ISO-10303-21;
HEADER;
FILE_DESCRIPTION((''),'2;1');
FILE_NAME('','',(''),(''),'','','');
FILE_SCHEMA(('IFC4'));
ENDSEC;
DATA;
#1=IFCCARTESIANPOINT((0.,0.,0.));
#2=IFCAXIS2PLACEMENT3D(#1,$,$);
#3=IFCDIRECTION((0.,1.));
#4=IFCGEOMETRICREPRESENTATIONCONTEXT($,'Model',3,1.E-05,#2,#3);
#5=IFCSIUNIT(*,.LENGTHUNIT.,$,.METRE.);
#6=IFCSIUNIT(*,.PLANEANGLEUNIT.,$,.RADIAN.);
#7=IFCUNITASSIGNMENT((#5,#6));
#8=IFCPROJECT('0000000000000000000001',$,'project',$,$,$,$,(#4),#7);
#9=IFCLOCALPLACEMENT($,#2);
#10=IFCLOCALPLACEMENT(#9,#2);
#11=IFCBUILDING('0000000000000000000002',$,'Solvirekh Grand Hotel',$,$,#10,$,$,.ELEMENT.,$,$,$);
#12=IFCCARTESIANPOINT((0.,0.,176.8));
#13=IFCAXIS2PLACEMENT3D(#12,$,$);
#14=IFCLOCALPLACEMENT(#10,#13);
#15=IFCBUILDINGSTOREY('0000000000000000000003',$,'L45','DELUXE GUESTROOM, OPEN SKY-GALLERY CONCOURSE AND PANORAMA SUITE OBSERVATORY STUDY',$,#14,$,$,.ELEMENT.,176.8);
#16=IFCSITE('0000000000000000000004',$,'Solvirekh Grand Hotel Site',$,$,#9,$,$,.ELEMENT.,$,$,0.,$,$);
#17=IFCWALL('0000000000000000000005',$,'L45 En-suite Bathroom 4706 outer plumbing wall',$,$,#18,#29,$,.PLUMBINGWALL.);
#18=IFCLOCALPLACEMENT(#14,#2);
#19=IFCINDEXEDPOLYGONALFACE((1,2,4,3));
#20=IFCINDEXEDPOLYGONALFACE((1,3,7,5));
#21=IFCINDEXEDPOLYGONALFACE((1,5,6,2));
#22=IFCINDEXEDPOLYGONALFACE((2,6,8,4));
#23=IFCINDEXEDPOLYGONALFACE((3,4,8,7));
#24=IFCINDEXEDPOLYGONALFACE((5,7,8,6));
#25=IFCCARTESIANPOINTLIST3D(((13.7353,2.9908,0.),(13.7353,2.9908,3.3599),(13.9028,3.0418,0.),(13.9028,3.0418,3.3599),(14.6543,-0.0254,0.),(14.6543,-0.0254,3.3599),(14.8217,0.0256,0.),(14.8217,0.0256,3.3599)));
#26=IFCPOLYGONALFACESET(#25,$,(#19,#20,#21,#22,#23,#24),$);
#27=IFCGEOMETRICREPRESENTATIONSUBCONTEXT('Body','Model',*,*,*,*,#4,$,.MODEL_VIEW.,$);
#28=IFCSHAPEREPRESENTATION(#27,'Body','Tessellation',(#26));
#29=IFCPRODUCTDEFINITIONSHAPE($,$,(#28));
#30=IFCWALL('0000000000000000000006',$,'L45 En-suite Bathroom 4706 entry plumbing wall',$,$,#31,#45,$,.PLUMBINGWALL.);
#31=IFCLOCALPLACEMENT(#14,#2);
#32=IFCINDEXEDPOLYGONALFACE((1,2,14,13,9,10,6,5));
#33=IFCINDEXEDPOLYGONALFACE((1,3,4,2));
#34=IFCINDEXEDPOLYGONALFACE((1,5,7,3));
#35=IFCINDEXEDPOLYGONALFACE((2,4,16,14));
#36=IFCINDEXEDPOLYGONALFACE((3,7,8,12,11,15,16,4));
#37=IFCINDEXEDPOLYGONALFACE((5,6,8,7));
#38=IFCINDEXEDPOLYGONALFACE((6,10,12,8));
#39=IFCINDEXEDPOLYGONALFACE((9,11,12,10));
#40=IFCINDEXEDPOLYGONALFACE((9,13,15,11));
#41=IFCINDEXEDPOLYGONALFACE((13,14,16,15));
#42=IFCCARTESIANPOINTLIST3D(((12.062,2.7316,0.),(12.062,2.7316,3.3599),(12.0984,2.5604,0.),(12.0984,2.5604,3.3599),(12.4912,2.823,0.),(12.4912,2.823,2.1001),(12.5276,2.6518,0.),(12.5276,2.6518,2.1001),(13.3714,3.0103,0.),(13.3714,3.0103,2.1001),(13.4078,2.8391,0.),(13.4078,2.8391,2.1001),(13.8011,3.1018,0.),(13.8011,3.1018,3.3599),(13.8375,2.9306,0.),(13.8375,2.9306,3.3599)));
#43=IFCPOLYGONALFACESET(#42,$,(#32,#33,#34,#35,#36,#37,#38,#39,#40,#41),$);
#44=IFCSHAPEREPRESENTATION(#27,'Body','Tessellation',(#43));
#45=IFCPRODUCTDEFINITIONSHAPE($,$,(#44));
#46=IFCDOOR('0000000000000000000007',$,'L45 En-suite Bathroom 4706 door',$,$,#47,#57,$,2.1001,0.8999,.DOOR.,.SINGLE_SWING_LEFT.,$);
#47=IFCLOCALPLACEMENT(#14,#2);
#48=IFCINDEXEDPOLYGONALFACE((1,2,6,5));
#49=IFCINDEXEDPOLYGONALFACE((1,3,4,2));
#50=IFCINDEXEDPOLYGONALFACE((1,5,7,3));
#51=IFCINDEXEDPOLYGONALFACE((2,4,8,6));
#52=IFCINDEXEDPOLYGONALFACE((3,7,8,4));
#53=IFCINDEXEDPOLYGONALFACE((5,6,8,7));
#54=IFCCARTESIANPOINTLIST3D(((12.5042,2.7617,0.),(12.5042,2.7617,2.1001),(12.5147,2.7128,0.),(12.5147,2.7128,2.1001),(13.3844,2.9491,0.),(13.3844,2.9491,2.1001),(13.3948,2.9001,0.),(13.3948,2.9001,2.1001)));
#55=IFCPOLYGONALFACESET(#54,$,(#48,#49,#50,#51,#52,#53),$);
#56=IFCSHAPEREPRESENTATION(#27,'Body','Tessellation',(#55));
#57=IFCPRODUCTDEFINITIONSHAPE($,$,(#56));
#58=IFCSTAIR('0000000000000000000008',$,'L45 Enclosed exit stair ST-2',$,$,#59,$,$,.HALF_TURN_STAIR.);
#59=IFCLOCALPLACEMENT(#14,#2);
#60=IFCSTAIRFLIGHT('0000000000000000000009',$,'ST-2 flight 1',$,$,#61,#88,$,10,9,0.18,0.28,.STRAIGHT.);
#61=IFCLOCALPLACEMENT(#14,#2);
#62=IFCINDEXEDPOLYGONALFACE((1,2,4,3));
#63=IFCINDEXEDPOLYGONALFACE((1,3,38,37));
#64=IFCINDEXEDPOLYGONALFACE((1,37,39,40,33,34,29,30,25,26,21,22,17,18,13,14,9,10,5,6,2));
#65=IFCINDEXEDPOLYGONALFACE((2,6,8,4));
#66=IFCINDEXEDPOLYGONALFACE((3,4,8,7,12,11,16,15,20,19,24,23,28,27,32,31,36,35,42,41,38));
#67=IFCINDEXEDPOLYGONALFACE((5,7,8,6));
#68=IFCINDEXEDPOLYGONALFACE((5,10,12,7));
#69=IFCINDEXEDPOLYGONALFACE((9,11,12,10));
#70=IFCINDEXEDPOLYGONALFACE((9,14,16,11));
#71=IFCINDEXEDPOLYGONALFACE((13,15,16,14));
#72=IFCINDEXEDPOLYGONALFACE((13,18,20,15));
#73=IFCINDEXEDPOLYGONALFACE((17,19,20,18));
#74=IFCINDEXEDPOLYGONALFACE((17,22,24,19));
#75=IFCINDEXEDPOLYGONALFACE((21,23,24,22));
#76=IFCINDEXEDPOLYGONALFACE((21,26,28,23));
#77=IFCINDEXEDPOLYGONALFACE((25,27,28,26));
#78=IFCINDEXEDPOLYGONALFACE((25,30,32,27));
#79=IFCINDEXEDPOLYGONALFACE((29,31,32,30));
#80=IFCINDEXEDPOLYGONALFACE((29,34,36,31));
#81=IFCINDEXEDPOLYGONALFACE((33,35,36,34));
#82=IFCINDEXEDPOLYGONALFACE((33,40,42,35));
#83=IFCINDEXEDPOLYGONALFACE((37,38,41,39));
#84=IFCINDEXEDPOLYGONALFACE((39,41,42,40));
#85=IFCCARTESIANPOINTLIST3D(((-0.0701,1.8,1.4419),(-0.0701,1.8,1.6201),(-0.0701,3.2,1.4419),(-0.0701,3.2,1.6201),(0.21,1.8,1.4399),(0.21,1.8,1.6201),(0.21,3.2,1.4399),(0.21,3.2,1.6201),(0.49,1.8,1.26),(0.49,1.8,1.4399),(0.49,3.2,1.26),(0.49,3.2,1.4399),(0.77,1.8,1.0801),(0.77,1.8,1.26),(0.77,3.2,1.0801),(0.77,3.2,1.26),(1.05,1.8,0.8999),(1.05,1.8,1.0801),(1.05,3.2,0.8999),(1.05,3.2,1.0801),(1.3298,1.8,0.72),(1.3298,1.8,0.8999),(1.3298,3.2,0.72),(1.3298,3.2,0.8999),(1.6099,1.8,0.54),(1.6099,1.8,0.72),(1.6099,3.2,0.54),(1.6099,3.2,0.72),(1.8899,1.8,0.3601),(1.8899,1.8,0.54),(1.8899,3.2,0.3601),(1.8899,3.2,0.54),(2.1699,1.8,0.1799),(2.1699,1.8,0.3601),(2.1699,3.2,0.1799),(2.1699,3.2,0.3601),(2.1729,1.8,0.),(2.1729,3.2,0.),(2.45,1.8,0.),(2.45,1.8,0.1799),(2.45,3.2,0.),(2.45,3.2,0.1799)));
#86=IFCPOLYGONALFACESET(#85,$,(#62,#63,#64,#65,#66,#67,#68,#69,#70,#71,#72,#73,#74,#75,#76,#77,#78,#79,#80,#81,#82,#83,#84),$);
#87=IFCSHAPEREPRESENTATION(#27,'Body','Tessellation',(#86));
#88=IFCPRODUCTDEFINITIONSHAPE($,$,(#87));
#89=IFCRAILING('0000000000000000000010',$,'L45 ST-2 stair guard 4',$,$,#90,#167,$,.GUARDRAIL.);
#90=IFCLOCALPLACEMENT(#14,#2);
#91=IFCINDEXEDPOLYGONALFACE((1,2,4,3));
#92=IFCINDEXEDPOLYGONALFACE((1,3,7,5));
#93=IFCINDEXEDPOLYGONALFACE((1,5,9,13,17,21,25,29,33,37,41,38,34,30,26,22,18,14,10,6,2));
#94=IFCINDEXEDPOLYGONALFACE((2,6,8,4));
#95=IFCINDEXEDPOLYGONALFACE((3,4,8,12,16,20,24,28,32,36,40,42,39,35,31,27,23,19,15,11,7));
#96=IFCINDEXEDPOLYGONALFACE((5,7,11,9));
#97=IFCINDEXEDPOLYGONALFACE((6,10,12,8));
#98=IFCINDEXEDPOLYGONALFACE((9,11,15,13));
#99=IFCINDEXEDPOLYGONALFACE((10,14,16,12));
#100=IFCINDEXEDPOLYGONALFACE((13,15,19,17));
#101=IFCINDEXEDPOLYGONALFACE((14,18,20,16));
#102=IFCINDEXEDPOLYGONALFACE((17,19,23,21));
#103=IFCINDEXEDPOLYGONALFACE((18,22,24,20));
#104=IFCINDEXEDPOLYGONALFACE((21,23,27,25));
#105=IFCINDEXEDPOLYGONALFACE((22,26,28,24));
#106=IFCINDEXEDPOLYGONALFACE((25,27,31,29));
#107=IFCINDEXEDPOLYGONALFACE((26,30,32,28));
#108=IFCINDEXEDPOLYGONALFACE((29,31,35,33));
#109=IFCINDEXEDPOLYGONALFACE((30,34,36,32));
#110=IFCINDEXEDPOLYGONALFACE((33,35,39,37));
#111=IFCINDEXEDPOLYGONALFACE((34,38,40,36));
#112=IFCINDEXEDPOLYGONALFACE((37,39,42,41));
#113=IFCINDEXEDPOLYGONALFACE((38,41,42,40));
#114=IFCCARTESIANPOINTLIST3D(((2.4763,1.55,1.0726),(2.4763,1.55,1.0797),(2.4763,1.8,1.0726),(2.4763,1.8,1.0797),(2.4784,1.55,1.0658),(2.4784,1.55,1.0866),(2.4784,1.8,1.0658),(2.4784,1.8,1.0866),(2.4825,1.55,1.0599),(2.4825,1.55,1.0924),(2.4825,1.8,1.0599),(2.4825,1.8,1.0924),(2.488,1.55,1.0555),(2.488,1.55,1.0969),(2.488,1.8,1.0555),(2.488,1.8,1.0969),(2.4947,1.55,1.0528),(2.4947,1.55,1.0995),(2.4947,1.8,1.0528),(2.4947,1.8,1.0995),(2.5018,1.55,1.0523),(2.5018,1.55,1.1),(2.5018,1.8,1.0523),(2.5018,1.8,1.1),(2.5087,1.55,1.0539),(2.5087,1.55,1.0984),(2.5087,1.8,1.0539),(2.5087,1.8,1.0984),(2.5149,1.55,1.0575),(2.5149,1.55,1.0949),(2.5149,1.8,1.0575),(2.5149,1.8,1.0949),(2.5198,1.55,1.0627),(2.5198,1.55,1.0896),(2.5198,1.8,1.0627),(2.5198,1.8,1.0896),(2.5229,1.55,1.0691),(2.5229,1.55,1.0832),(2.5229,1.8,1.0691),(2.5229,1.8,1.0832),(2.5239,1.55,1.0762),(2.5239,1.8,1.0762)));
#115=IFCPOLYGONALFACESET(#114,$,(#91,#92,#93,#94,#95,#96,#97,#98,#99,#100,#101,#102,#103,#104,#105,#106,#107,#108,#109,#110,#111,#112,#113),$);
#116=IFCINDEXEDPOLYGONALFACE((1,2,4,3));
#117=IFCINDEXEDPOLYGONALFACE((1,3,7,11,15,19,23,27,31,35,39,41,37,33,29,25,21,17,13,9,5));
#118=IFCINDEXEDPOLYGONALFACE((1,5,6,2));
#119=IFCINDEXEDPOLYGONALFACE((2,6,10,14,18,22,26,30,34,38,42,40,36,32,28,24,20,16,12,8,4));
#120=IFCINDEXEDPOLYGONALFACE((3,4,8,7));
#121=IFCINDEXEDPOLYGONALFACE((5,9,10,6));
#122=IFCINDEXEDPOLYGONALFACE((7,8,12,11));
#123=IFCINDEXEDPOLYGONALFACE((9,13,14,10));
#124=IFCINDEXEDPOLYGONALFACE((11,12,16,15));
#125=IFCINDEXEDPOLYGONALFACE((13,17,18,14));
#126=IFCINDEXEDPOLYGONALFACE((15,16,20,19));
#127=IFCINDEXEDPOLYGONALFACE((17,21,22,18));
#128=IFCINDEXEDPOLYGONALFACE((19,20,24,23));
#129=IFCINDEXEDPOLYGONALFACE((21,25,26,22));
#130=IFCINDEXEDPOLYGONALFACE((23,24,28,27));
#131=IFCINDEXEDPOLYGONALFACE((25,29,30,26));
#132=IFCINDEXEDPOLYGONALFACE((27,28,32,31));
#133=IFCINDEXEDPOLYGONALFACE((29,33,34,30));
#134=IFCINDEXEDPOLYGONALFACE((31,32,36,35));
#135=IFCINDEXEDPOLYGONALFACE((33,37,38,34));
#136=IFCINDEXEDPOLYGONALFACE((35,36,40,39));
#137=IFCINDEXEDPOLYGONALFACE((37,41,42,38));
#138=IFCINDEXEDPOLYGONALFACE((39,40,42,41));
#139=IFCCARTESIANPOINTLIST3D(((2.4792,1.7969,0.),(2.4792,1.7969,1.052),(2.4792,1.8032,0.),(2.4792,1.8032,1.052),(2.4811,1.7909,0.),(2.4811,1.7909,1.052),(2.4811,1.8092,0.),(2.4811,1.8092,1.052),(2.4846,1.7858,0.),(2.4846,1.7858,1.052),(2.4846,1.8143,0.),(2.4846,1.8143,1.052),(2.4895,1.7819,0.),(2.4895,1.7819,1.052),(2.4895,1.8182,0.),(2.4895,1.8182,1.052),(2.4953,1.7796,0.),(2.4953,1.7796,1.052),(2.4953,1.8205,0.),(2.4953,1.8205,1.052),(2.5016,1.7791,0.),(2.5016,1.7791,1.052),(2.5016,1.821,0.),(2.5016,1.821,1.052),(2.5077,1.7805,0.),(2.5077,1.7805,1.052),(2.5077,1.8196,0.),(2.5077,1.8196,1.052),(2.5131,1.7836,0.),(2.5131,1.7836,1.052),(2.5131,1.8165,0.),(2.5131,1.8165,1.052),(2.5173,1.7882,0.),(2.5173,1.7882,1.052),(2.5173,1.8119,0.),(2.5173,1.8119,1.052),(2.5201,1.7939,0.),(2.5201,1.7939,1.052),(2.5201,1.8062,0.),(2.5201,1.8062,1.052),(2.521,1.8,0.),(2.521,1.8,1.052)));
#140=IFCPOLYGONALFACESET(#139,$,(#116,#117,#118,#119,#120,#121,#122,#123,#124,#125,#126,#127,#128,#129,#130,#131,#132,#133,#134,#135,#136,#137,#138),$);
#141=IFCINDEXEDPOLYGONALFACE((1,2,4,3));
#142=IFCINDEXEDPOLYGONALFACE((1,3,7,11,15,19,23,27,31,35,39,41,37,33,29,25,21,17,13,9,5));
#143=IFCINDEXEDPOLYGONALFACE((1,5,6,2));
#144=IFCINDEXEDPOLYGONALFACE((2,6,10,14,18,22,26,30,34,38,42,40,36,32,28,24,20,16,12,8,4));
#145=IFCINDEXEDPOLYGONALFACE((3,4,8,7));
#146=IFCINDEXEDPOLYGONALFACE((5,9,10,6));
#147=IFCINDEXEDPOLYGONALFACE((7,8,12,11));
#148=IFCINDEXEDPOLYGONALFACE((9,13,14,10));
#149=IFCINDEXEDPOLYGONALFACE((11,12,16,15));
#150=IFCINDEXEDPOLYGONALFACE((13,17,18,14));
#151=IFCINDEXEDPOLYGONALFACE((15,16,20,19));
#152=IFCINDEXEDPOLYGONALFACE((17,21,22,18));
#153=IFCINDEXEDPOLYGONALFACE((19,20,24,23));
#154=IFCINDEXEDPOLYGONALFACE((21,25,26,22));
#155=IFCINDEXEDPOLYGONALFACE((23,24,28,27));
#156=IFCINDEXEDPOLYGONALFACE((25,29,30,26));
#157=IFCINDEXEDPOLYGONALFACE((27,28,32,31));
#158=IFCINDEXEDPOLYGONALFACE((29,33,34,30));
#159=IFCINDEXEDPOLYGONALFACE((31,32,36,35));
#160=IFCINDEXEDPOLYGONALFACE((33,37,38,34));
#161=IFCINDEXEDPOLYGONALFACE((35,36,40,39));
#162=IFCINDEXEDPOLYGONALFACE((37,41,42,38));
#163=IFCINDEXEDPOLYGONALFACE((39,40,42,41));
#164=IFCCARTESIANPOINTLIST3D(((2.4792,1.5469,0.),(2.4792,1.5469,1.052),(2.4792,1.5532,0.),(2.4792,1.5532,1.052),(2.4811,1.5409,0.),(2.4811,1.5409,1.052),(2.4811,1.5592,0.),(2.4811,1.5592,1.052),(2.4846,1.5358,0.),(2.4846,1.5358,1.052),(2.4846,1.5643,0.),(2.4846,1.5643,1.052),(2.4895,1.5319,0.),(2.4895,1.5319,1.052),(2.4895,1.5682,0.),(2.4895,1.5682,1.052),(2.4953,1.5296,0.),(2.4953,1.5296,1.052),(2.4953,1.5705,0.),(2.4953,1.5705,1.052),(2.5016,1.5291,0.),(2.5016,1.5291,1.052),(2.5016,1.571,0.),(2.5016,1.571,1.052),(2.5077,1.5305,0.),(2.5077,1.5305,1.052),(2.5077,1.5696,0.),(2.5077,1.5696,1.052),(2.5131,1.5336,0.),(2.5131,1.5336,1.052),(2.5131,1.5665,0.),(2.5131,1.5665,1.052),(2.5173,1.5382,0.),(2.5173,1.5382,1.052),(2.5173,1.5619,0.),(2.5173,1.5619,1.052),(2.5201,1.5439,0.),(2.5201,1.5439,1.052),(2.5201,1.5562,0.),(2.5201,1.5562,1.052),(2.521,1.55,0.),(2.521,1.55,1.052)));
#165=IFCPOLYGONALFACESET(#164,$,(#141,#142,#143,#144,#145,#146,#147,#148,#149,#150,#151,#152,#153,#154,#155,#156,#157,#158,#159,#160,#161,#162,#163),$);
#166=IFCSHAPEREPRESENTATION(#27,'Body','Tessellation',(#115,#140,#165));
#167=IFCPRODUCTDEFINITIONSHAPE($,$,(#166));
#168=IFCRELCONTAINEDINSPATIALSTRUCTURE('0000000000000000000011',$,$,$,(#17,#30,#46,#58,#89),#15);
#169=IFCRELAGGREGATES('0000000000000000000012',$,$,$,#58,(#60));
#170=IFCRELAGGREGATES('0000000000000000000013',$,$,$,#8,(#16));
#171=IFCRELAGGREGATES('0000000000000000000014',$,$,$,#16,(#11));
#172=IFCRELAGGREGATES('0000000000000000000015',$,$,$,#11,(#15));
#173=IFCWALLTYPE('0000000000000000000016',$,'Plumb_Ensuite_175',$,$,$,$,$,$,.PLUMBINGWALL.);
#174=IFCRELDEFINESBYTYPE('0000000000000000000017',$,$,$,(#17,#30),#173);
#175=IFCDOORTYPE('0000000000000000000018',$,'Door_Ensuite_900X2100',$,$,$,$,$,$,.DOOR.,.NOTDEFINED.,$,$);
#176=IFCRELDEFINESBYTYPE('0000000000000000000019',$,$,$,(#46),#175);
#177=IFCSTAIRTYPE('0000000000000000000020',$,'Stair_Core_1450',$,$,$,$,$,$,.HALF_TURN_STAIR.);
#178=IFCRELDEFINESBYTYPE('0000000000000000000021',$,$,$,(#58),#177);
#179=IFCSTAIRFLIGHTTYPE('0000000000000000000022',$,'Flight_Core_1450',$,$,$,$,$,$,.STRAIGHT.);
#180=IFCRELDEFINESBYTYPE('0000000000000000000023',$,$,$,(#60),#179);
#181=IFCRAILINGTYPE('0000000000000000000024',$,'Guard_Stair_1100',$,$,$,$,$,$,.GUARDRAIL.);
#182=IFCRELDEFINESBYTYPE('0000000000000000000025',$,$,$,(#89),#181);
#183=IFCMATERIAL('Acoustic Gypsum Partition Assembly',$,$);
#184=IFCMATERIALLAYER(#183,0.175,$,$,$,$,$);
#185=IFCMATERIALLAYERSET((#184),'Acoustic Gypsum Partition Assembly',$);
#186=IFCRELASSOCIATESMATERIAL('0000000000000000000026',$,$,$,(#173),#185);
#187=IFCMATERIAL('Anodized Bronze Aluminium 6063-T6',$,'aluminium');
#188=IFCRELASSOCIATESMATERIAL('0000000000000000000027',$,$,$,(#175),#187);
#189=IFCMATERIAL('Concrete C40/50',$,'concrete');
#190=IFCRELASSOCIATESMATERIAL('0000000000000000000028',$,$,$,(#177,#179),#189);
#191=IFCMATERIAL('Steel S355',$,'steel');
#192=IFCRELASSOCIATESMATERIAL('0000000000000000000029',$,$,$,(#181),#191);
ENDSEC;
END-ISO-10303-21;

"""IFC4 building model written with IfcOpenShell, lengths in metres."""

from ifc_helpers import new_model, si_unit, direction, frame, frame_2d, origin, origin_2d, place, context, subcontext, project, spatial, polyline, rectangle, circle, outline, extrude, material, layer, layer_set, type_object, element, fill, aggregate, save


model = new_model("IFC4")

# Units and contexts
model_context = context("Model", 3, precision=1e-05, world=origin(), true_north=direction((0.0, 1.0)))
body_context = subcontext(model_context, "Body", "Model", "MODEL_VIEW")
ifc_project = project(units=[si_unit("LENGTHUNIT", "METRE"), si_unit("PLANEANGLEUNIT", "RADIAN")], contexts=[model_context])

# Site, building, storey
site_placement = place(None, origin())
site = spatial("IfcSite", under=ifc_project, at=site_placement, Name="Solvirekh Grand Hotel Site", CompositionType="ELEMENT", RefElevation=0.0)
building_placement = place(site_placement, origin())
building = spatial("IfcBuilding", under=site, at=building_placement, Name="Solvirekh Grand Hotel", CompositionType="ELEMENT")
storey_placement = place(building_placement, frame((0.0, 0.0, 176.8)))
storey = spatial("IfcBuildingStorey", under=building, at=storey_placement, Name="L45", Description="DELUXE GUESTROOM, OPEN SKY-GALLERY CONCOURSE AND PANORAMA SUITE OBSERVATORY STUDY", CompositionType="ELEMENT", Elevation=176.8)

# Shared definitions
ifc_material_1 = material(Name="Concrete C40/50", Category="concrete")

# Shared definitions
ifc_material_2 = material(Name="Acoustic Gypsum Partition Assembly")

# Wall
ifc_layer_1 = layer(ifc_material_2, 0.175)
ifc_layer_set_1 = layer_set([ifc_layer_1], Name="Acoustic Gypsum Partition Assembly")
wall_type_1 = type_object("IfcWallType", Name="Plumb_Ensuite_175", PredefinedType="PLUMBINGWALL", material=ifc_layer_set_1)
wall_1_placement = place(storey_placement, frame((14.738, 0.0, 0.0), z_axis=(0.0, 0.0, 1.0), x_axis=(-0.291451, 0.956586, 0.0)))
element("IfcWall", 1, at=wall_1_placement, inside=storey, type_object=wall_type_1, Name="L45 En-suite Bathroom 4706 outer plumbing wall", PredefinedType="PLUMBINGWALL", context=body_context, shape_type="SweptSolid", body=[
    extrude(rectangle(XDim=3.1531, YDim=0.175, at=frame_2d((1.5767, 0.0))), origin(), (0.0, 0.0, 1.0), 3.3599),
])

# Wall, opening, door
wall_2_placement = place(storey_placement, frame((12.0801, 2.646, 0.0), z_axis=(0.0, 0.0, 1.0), x_axis=(0.978093, 0.208169, 0.0)))
wall_2 = element("IfcWall", 2, at=wall_2_placement, inside=storey, type_object=wall_type_1, Name="L45 En-suite Bathroom 4706 entry plumbing wall", PredefinedType="PLUMBINGWALL", context=body_context, shape_type="SweptSolid", body=[
    extrude(rectangle(XDim=1.7781, YDim=0.175, at=frame_2d((0.8892, 0.0))), origin(), (0.0, 0.0, 1.0), 3.3599),
])
opening_1_placement = place(wall_2_placement, frame((0.439, 0.0, 0.0)))
opening_1 = element("IfcOpeningElement", 3, at=opening_1_placement, cuts=wall_2, PredefinedType="OPENING", context=body_context, shape_type="SweptSolid", body=[
    extrude(rectangle(XDim=0.8999, YDim=2.1001, at=frame_2d((0.45, 1.05))), frame((0.0, 0.0977, 0.0), z_axis=(0.0, -1.0, 0.0), x_axis=(1.0, 0.0, 0.0)), (0.0, 0.0, 1.0), 0.1951),
])
ifc_material_3 = material(Name="Anodized Bronze Aluminium 6063-T6", Category="aluminium")
door_type_1 = type_object("IfcDoorType", Name="Door_Ensuite_900X2100", OperationType="NOTDEFINED", PredefinedType="DOOR", material=ifc_material_3)
door_1_placement = place(opening_1_placement, origin())
door_1 = element("IfcDoor", 4, at=door_1_placement, inside=storey, type_object=door_type_1, Name="L45 En-suite Bathroom 4706 door", OperationType="SINGLE_SWING_LEFT", OverallHeight=2.1001, OverallWidth=0.8999, PredefinedType="DOOR", context=body_context, shape_type="SweptSolid", body=[
    extrude(rectangle(XDim=0.8999, YDim=2.1001, at=frame_2d((0.45, 1.05))), frame((0.0, 0.0249, 0.0), z_axis=(0.0, -1.0, 0.0), x_axis=(1.0, 0.0, 0.0)), (0.0, 0.0, 1.0), 0.05),
])
fill(opening_1, door_1)

# Stair, stair flight
stair_type = type_object("IfcStairType", Name="Stair_Core_1450", PredefinedType="HALF_TURN_STAIR", material=ifc_material_1)
stair_placement = place(storey_placement, origin())
stair = element("IfcStair", 5, at=stair_placement, inside=storey, type_object=stair_type, Name="L45 Enclosed exit stair ST-2", PredefinedType="HALF_TURN_STAIR")
stair_flight_type = type_object("IfcStairFlightType", Name="Flight_Core_1450", PredefinedType="STRAIGHT", material=ifc_material_1)
stair_flight_placement = place(storey_placement, frame((2.45, 2.5, 0.0), z_axis=(0.0, 0.0, 1.0), x_axis=(-1.0, 0.0, 0.0)))
stair_flight = element("IfcStairFlight", 6, at=stair_flight_placement, type_object=stair_flight_type, Name="ST-2 flight 1", NumberOfRisers=10, NumberOfTreads=9, PredefinedType="STRAIGHT", RiserHeight=0.18, TreadLength=0.28, context=body_context, shape_type="SweptSolid", body=[
    extrude(outline(polyline([(0.0, 0.0), (0.0, 0.1799), (0.28, 0.1799), (0.28, 0.3601), (0.5601, 0.3601), (0.5601, 0.54), (0.8401, 0.54), (0.8401, 0.72), (1.1201, 0.72), (1.1201, 0.8999), (1.3999, 0.8999), (1.3999, 1.0801), (1.6799, 1.0801), (1.6799, 1.26), (1.96, 1.26), (1.96, 1.4399), (2.24, 1.4399), (2.24, 1.6201), (2.52, 1.6201), (2.52, 1.8), (2.52, 1.4419), (0.2771, 0.0), (0.0, 0.0)])), frame((0.0, 0.7, 0.0), z_axis=(0.0, -1.0, 0.0), x_axis=(1.0, 0.0, 0.0)), (0.0, 0.0, 1.0), 1.3999),
])
aggregate(stair, [stair_flight])

# Railing
ifc_material_4 = material(Name="Steel S355", Category="steel")
railing_type_1 = type_object("IfcRailingType", Name="Guard_Stair_1100", PredefinedType="GUARDRAIL", material=ifc_material_4)
railing_1_placement = place(storey_placement, frame((2.5, 1.8, 0.0)))
element("IfcRailing", 7, at=railing_1_placement, inside=storey, type_object=railing_type_1, Name="L45 ST-2 stair guard 4", PredefinedType="GUARDRAIL", context=body_context, shape_type="SweptSolid", body=[
    extrude(circle(Radius=0.0239, at=origin_2d()), frame((0.0, 0.0, 1.0762), z_axis=(0.0, -1.0, 0.0), x_axis=(1.0, 0.0, 0.0)), (0.0, 0.0, 1.0), 0.25),
    extrude(circle(Radius=0.021, at=origin_2d()), origin(), (0.0, 0.0, 1.0), 1.052),
    extrude(circle(Radius=0.021, at=origin_2d()), frame((0.0, -0.25, 0.0)), (0.0, 0.0, 1.0), 1.052),
])

save(model, "model.ifc")
